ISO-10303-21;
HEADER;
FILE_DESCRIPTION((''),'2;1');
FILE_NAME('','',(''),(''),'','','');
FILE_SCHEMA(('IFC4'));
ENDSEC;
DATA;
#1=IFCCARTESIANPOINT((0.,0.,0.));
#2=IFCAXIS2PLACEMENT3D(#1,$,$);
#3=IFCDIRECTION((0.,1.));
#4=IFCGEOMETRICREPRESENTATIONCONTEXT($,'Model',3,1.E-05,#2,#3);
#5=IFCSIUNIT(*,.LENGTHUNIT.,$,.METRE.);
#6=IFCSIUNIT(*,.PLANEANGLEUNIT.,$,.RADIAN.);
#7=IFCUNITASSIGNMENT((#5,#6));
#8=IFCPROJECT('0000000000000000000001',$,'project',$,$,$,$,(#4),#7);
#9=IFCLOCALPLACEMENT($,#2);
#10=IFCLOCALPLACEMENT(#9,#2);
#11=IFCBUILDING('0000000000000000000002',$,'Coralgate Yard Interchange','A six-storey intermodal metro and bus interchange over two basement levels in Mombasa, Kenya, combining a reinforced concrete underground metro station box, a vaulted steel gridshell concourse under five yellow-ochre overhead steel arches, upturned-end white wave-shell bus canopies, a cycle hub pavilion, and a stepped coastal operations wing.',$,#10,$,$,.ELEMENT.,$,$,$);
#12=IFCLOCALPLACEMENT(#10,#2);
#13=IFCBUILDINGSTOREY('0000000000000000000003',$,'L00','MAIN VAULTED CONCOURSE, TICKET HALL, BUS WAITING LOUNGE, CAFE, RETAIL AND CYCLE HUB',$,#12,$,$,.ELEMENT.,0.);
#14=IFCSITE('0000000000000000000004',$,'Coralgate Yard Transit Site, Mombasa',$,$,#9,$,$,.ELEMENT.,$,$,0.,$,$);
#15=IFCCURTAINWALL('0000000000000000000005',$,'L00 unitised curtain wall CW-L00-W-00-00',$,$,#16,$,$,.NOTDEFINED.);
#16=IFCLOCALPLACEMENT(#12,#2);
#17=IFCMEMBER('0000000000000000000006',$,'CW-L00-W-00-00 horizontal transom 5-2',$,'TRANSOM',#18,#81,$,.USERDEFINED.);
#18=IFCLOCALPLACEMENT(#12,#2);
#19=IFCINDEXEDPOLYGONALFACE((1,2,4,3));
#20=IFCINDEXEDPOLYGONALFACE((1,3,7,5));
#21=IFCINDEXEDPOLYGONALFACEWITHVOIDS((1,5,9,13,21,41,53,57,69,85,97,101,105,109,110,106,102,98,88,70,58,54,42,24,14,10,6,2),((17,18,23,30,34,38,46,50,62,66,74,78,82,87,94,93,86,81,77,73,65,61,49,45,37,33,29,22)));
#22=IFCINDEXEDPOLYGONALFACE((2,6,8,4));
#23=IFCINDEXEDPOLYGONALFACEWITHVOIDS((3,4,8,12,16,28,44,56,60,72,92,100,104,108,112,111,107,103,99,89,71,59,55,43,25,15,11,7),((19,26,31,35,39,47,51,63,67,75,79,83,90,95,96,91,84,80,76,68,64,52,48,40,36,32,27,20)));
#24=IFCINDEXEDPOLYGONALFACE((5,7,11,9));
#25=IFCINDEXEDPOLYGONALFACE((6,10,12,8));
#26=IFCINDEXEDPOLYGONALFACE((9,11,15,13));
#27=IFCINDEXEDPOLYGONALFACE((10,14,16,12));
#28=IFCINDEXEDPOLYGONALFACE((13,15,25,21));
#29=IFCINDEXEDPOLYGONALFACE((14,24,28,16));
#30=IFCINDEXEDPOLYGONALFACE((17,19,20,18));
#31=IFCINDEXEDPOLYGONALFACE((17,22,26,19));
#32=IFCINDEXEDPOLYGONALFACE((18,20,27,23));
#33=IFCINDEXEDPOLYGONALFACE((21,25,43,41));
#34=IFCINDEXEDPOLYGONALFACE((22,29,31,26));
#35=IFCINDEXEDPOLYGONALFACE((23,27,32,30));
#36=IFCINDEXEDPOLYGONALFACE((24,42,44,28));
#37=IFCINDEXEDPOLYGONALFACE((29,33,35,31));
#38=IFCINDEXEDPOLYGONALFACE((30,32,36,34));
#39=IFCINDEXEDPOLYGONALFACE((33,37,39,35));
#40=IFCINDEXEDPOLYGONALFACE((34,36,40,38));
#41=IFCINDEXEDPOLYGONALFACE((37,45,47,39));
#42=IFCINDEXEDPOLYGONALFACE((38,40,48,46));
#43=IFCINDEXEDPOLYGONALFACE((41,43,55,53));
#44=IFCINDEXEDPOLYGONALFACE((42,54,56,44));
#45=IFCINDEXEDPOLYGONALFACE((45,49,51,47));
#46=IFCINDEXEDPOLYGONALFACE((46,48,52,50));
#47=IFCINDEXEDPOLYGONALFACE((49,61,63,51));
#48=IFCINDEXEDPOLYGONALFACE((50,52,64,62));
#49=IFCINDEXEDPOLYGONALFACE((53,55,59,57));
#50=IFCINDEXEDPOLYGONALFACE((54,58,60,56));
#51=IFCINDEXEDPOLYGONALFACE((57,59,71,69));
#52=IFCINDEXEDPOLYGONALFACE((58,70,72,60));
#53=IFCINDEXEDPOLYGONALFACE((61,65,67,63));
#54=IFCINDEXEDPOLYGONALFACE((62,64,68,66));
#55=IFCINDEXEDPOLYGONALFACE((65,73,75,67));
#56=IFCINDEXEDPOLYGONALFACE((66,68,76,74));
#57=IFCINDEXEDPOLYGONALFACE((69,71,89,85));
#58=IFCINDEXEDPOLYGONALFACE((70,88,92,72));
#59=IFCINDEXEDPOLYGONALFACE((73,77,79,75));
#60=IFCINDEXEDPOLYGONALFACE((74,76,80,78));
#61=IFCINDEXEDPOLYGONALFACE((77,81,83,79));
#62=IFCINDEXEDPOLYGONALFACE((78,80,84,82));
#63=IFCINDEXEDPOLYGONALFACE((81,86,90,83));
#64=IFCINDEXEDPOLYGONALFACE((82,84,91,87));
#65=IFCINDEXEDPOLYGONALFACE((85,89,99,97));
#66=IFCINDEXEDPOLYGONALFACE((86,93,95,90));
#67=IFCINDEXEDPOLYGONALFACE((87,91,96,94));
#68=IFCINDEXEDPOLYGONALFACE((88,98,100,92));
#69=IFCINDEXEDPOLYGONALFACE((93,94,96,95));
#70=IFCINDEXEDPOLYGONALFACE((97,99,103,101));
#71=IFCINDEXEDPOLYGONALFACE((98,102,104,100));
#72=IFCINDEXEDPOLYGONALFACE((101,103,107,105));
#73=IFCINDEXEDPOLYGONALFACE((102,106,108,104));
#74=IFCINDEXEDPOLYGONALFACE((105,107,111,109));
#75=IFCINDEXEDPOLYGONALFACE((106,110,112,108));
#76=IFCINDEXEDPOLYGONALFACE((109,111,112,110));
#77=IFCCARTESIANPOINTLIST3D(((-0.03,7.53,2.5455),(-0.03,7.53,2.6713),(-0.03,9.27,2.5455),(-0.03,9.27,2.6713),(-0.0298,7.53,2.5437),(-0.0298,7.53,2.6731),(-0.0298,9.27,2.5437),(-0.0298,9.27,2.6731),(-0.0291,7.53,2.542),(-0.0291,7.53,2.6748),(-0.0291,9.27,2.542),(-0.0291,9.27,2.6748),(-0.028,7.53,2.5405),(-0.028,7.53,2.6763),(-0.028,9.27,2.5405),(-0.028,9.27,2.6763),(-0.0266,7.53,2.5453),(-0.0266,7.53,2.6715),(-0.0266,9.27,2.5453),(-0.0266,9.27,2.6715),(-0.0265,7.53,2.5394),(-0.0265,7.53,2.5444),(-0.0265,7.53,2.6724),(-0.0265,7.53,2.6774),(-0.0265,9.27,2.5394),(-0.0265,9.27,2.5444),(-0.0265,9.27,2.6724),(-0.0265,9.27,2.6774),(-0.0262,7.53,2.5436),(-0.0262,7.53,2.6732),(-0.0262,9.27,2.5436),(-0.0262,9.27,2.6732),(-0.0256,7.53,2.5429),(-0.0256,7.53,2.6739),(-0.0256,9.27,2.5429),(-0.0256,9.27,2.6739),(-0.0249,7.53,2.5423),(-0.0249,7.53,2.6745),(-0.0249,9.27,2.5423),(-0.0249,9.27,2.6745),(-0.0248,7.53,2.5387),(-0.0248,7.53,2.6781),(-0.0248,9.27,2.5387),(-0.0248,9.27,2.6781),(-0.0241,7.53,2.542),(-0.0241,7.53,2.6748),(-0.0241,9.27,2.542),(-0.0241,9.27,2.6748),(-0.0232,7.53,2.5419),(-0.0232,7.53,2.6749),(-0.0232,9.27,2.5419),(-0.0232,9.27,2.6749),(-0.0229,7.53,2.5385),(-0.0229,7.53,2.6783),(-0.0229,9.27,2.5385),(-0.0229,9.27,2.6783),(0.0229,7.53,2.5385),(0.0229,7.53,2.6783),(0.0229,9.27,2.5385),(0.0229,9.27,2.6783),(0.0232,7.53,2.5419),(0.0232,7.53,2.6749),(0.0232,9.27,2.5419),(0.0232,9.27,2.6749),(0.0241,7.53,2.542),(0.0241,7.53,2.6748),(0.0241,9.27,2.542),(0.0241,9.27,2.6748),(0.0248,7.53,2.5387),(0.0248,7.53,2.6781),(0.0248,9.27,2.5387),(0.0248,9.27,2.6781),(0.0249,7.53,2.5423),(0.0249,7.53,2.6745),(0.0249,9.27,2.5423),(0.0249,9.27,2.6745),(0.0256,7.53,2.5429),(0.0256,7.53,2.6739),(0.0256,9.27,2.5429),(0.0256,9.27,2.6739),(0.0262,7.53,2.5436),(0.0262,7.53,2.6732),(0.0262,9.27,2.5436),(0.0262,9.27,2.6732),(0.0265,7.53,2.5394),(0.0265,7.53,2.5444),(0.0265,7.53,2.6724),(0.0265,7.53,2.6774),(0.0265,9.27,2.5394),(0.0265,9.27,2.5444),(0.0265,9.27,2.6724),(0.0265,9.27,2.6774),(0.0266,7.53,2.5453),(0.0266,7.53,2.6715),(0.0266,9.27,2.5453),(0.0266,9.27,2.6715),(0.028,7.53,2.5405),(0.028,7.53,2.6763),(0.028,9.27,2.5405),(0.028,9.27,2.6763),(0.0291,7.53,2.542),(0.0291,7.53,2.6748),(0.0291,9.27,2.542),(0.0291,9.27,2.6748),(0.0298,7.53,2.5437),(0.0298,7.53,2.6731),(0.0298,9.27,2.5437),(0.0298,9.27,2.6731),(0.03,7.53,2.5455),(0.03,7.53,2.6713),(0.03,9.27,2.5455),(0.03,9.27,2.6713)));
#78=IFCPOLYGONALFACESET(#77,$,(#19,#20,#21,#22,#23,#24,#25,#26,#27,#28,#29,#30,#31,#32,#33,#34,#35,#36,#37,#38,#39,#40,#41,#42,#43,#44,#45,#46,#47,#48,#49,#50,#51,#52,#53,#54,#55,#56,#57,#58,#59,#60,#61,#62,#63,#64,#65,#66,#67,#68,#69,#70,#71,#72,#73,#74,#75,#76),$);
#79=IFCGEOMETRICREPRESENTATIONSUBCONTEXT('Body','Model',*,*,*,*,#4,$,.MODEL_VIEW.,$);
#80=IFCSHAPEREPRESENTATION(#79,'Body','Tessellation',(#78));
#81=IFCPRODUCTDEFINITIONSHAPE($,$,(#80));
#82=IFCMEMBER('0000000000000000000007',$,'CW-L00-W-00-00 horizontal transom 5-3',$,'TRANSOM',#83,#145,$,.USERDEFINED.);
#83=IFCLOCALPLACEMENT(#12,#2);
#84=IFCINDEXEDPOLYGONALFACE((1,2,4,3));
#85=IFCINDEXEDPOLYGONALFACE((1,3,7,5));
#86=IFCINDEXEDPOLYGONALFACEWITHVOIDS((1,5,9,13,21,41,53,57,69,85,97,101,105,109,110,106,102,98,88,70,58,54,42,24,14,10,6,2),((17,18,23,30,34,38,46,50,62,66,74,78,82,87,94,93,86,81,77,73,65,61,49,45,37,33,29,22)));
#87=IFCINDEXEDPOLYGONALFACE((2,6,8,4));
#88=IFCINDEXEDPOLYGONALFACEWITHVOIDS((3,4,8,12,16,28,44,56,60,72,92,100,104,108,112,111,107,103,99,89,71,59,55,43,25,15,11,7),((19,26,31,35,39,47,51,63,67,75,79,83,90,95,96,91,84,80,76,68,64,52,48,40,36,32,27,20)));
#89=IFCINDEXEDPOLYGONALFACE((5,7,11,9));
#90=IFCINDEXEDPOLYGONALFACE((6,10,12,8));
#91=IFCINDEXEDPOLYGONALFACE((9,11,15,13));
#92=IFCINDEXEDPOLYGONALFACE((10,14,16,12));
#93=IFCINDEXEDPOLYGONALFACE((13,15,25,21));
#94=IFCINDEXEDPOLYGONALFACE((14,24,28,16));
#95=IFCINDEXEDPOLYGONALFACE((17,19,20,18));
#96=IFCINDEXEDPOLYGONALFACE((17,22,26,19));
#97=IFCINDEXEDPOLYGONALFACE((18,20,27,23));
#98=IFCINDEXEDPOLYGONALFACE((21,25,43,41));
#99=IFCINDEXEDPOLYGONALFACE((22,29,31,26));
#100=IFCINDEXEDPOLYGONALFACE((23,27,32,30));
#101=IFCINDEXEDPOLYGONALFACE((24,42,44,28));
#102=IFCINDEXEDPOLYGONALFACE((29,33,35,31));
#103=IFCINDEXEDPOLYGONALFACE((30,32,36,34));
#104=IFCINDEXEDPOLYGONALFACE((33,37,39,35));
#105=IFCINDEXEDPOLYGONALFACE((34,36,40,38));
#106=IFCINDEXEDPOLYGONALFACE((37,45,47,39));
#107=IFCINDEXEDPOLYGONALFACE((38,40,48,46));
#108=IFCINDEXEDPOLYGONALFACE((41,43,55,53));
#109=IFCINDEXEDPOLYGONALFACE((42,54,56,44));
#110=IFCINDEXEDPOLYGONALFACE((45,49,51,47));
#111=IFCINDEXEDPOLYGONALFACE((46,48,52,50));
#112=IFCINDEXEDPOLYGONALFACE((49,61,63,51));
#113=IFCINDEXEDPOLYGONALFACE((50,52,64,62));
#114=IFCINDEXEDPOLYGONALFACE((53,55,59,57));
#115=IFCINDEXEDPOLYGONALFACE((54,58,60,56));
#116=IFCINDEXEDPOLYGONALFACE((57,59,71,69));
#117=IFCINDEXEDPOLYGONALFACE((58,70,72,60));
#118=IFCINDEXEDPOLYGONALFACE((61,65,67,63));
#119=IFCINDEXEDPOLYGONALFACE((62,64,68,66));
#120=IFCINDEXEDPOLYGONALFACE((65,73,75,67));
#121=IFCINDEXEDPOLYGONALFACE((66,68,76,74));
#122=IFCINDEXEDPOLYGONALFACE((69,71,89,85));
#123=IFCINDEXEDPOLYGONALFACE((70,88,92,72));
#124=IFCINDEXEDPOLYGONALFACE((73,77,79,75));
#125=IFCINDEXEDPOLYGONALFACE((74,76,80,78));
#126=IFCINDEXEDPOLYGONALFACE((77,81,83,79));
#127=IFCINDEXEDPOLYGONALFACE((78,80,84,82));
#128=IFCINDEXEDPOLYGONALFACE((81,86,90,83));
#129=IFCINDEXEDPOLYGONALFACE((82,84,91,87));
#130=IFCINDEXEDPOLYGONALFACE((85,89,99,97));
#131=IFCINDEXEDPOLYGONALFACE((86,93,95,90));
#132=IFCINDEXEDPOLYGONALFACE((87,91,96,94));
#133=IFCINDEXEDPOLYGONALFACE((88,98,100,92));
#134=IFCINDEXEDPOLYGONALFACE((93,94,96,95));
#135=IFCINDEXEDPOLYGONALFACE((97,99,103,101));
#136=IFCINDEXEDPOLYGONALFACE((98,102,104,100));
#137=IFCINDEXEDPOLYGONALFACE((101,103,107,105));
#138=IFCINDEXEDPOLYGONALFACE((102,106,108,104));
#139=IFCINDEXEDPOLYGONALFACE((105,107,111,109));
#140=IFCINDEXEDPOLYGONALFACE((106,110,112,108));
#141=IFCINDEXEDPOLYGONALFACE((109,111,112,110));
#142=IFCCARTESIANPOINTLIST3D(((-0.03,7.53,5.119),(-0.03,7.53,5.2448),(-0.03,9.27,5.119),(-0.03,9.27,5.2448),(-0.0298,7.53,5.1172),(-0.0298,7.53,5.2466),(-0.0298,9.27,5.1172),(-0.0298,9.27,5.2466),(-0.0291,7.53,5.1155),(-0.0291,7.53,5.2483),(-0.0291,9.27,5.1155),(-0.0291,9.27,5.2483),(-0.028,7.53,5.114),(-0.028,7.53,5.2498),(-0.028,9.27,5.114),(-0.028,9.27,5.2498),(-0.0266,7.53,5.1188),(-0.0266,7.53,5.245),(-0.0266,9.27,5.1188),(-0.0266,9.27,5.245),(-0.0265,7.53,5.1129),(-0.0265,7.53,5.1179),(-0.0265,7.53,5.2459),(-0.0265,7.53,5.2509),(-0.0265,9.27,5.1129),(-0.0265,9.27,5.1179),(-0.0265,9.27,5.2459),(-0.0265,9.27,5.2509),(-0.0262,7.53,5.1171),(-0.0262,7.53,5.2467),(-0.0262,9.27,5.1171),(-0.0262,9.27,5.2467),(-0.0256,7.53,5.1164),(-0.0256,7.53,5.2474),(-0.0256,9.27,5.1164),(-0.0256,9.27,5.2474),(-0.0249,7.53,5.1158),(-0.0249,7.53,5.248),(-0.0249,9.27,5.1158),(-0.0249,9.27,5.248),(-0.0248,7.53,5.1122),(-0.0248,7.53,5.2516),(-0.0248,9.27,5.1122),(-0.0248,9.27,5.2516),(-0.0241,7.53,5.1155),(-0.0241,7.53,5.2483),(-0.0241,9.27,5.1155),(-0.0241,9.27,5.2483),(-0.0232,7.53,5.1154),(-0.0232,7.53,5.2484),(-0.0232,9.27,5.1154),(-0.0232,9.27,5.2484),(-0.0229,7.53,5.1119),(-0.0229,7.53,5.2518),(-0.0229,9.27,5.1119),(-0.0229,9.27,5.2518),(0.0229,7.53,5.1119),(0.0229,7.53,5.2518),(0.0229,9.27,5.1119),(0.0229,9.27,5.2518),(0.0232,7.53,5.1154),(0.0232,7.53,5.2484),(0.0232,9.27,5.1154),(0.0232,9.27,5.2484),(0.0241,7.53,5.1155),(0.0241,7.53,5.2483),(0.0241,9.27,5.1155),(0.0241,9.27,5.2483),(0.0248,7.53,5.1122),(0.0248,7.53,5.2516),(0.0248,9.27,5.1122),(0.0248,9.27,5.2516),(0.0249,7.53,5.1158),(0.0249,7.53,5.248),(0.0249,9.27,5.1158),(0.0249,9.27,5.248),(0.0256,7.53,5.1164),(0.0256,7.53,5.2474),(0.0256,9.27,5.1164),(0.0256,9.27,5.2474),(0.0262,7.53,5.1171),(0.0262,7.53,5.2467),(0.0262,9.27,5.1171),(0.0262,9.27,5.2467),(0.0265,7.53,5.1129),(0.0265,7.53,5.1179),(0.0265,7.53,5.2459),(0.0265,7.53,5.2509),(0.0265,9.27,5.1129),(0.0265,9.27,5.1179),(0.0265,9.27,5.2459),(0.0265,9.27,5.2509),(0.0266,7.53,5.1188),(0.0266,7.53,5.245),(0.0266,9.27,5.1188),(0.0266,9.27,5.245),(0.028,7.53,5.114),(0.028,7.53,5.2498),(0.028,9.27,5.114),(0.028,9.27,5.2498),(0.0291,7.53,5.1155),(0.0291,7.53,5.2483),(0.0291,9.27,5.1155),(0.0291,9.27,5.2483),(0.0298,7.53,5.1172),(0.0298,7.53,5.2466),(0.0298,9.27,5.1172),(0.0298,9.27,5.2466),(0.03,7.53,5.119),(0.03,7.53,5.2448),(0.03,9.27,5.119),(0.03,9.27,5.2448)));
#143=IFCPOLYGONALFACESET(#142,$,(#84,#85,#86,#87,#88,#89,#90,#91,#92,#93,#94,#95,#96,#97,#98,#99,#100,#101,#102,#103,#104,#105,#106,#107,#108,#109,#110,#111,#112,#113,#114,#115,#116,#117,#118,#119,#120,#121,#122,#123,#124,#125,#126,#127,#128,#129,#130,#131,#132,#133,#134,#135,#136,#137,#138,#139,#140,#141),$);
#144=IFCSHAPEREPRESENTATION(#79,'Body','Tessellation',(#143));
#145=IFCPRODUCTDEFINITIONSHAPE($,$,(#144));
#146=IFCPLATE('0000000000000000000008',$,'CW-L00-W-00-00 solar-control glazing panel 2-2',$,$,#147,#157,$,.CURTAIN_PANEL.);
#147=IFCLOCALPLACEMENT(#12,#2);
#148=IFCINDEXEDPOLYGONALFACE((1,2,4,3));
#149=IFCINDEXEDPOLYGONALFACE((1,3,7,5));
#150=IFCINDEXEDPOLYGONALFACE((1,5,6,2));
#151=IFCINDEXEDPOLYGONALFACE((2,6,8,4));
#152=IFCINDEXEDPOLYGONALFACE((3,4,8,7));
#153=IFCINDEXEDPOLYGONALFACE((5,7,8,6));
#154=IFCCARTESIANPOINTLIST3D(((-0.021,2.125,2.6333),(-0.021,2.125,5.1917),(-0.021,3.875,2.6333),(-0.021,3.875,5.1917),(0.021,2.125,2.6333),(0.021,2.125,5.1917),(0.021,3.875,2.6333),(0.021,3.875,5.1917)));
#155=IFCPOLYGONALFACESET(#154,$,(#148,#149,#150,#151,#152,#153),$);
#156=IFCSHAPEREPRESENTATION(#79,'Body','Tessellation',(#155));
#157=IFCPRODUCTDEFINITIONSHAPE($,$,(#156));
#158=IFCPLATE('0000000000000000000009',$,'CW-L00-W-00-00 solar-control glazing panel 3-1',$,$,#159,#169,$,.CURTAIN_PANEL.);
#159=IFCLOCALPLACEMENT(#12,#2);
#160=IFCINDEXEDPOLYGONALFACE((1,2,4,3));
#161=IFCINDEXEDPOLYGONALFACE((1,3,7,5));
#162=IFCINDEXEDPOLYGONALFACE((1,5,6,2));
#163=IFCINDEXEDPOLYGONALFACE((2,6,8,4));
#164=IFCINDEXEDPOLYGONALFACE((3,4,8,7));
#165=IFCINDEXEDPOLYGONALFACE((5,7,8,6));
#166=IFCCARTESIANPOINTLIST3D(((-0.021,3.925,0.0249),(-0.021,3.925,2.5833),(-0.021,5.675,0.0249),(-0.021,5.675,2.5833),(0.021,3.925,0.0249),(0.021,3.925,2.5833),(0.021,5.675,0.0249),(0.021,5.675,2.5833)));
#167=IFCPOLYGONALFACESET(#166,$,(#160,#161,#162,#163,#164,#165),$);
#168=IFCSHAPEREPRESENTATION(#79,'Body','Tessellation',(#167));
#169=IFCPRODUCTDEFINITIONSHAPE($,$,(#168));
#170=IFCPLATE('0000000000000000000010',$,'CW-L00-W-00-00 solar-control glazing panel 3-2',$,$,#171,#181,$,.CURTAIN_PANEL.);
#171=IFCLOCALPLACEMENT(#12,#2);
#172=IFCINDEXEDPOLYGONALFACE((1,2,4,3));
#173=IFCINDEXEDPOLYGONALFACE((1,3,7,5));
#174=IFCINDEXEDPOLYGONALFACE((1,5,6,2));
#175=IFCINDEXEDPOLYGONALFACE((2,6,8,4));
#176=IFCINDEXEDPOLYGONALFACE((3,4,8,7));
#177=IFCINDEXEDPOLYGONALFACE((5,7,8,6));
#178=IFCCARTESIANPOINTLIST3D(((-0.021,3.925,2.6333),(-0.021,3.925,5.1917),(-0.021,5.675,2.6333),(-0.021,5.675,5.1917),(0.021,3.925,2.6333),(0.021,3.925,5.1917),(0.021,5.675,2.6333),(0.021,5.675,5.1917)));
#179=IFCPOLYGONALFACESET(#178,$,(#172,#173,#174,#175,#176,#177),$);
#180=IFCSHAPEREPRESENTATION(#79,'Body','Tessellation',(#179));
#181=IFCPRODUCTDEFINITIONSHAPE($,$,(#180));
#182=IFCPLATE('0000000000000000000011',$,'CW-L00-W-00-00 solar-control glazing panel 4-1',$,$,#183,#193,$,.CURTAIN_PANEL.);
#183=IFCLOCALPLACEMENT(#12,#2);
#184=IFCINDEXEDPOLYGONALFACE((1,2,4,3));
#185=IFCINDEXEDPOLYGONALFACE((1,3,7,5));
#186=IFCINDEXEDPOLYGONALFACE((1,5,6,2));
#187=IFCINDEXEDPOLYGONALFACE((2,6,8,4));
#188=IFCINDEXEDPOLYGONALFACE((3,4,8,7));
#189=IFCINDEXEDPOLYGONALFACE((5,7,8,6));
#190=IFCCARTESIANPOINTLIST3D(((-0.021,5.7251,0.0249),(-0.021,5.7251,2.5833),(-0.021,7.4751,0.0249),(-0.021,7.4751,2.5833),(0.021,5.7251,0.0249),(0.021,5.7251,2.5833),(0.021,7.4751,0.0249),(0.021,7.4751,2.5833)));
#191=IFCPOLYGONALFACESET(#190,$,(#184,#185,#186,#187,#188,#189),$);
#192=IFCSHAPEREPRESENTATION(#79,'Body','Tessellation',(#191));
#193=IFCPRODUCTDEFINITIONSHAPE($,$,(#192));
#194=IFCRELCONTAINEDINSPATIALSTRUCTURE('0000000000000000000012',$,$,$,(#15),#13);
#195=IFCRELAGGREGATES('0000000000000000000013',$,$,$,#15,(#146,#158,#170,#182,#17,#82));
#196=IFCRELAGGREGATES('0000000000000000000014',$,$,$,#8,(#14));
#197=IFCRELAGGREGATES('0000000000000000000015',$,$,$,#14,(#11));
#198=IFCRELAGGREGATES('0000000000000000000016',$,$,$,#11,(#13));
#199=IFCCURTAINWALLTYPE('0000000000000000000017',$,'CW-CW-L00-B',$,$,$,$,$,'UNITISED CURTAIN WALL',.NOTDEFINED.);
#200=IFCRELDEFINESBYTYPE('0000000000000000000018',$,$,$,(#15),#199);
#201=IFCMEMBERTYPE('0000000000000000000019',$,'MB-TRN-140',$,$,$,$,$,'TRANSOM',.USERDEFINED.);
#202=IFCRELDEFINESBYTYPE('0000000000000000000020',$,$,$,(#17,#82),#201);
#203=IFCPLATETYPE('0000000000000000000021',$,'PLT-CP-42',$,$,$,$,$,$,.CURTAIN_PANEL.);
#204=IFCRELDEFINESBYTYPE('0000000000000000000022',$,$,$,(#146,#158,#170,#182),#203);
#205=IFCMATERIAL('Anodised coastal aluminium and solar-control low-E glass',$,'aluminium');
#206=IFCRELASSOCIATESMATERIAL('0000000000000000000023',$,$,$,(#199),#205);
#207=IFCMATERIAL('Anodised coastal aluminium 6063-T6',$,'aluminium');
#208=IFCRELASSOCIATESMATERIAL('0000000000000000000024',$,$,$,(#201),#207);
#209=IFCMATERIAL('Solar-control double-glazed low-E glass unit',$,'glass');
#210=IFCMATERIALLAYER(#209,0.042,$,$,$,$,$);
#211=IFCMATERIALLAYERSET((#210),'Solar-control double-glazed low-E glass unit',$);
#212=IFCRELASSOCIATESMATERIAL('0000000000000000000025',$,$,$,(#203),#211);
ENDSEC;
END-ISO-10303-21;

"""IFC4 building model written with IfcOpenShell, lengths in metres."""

from ifc_helpers import new_model, si_unit, direction, frame, origin, origin_2d, place, context, subcontext, project, spatial, rectangle, hollow_rectangle, extrude, material, layer, layer_set, material_profile, profile_set, type_object, element, aggregate, save


model = new_model("IFC4")

# Units and contexts
model_context = context("Model", 3, precision=1e-05, world=origin(), true_north=direction((0.0, 1.0)))
body_context = subcontext(model_context, "Body", "Model", "MODEL_VIEW")
ifc_project = project(units=[si_unit("LENGTHUNIT", "METRE"), si_unit("PLANEANGLEUNIT", "RADIAN")], contexts=[model_context])

# Site, building, storey
site_placement = place(None, origin())
site = spatial("IfcSite", under=ifc_project, at=site_placement, Name="Coralgate Yard Transit Site, Mombasa", CompositionType="ELEMENT", RefElevation=0.0)
building_placement = place(site_placement, origin())
building = spatial("IfcBuilding", under=site, at=building_placement, Name="Coralgate Yard Interchange", Description="A six-storey intermodal metro and bus interchange over two basement levels in Mombasa, Kenya, combining a reinforced concrete underground metro station box, a vaulted steel gridshell concourse under five yellow-ochre overhead steel arches, upturned-end white wave-shell bus canopies, a cycle hub pavilion, and a stepped coastal operations wing.", CompositionType="ELEMENT")
storey_placement = place(building_placement, origin())
storey = spatial("IfcBuildingStorey", under=building, at=storey_placement, Name="L00", Description="MAIN VAULTED CONCOURSE, TICKET HALL, BUS WAITING LOUNGE, CAFE, RETAIL AND CYCLE HUB", CompositionType="ELEMENT", Elevation=0.0)

# Curtain wall, members, plates
ifc_material_1 = material(Name="Anodised coastal aluminium and solar-control low-E glass", Category="aluminium")
curtain_wall_type = type_object("IfcCurtainWallType", Name="CW-CW-L00-B", ElementType="UNITISED CURTAIN WALL", PredefinedType="NOTDEFINED", material=ifc_material_1)
curtain_wall_placement = place(storey_placement, origin())
curtain_wall = element("IfcCurtainWall", 1, at=curtain_wall_placement, inside=storey, type_object=curtain_wall_type, Name="L00 unitised curtain wall CW-L00-W-00-00", PredefinedType="NOTDEFINED")
ifc_material_2 = material(Name="Anodised coastal aluminium 6063-T6", Category="aluminium")
ifc_material_profile_1 = material_profile(ifc_material_2, hollow_rectangle(XDim=0.0601, YDim=0.1399, WallThickness=0.0034, InnerFilletRadius=0.0034, OuterFilletRadius=0.0071, at=origin_2d()), Name="ALU 60x140x3.5")
ifc_profile_set_1 = profile_set([ifc_material_profile_1], Name="Anodised coastal aluminium 6063-T6")
member_type_1 = type_object("IfcMemberType", Name="MB-TRN-140", ElementType="TRANSOM", PredefinedType="USERDEFINED", material=ifc_profile_set_1)
member_1_placement = place(storey_placement, frame((0.0, 7.53, 2.6084), z_axis=(0.0, 1.0, 0.0), x_axis=(-1.0, 0.0, 0.0)))
member_1 = element("IfcMember", 2, at=member_1_placement, type_object=member_type_1, Name="CW-L00-W-00-00 horizontal transom 5-2", ObjectType="TRANSOM", PredefinedType="USERDEFINED", context=body_context, shape_type="SweptSolid", body=[
    extrude(hollow_rectangle(XDim=0.0601, YDim=0.1399, WallThickness=0.0034, InnerFilletRadius=0.0034, OuterFilletRadius=0.0071, at=origin_2d()), origin(), (0.0, 0.0, 1.0), 1.74),
])
member_2_placement = place(storey_placement, frame((0.0, 7.53, 5.1819), z_axis=(0.0, 1.0, 0.0), x_axis=(-1.0, 0.0, 0.0)))
member_2 = element("IfcMember", 3, at=member_2_placement, type_object=member_type_1, Name="CW-L00-W-00-00 horizontal transom 5-3", ObjectType="TRANSOM", PredefinedType="USERDEFINED", context=body_context, shape_type="SweptSolid", body=[
    extrude(hollow_rectangle(XDim=0.0601, YDim=0.1399, WallThickness=0.0034, InnerFilletRadius=0.0034, OuterFilletRadius=0.0071, at=origin_2d()), origin(), (0.0, 0.0, 1.0), 1.74),
])
ifc_material_3 = material(Name="Solar-control double-glazed low-E glass unit", Category="glass")
ifc_layer_1 = layer(ifc_material_3, 0.042)
ifc_layer_set_1 = layer_set([ifc_layer_1], Name="Solar-control double-glazed low-E glass unit")
plate_type = type_object("IfcPlateType", Name="PLT-CP-42", PredefinedType="CURTAIN_PANEL", material=ifc_layer_set_1)
plate_1_placement = place(storey_placement, frame((0.0, 3.0, 2.6333), z_axis=(0.0, 0.0, 1.0), x_axis=(0.0, 1.0, 0.0)))
plate_1 = element("IfcPlate", 4, at=plate_1_placement, type_object=plate_type, Name="CW-L00-W-00-00 solar-control glazing panel 2-2", PredefinedType="CURTAIN_PANEL", context=body_context, shape_type="SweptSolid", body=[
    extrude(rectangle(XDim=1.75, YDim=0.042, at=origin_2d()), origin(), (0.0, 0.0, 1.0), 2.5583),
])
plate_2_placement = place(storey_placement, frame((0.0, 4.8, 0.0249), z_axis=(0.0, 0.0, 1.0), x_axis=(0.0, 1.0, 0.0)))
plate_2 = element("IfcPlate", 5, at=plate_2_placement, type_object=plate_type, Name="CW-L00-W-00-00 solar-control glazing panel 3-1", PredefinedType="CURTAIN_PANEL", context=body_context, shape_type="SweptSolid", body=[
    extrude(rectangle(XDim=1.75, YDim=0.042, at=origin_2d()), origin(), (0.0, 0.0, 1.0), 2.5583),
])
plate_3_placement = place(storey_placement, frame((0.0, 4.8, 2.6333), z_axis=(0.0, 0.0, 1.0), x_axis=(0.0, 1.0, 0.0)))
plate_3 = element("IfcPlate", 6, at=plate_3_placement, type_object=plate_type, Name="CW-L00-W-00-00 solar-control glazing panel 3-2", PredefinedType="CURTAIN_PANEL", context=body_context, shape_type="SweptSolid", body=[
    extrude(rectangle(XDim=1.75, YDim=0.042, at=origin_2d()), origin(), (0.0, 0.0, 1.0), 2.5583),
])
plate_4_placement = place(storey_placement, frame((0.0, 6.6001, 0.0249), z_axis=(0.0, 0.0, 1.0), x_axis=(0.0, 1.0, 0.0)))
plate_4 = element("IfcPlate", 7, at=plate_4_placement, type_object=plate_type, Name="CW-L00-W-00-00 solar-control glazing panel 4-1", PredefinedType="CURTAIN_PANEL", context=body_context, shape_type="SweptSolid", body=[
    extrude(rectangle(XDim=1.75, YDim=0.042, at=origin_2d()), origin(), (0.0, 0.0, 1.0), 2.5583),
])
aggregate(curtain_wall, [plate_1, plate_2, plate_3, plate_4, member_1, member_2])

save(model, "model.ifc")
